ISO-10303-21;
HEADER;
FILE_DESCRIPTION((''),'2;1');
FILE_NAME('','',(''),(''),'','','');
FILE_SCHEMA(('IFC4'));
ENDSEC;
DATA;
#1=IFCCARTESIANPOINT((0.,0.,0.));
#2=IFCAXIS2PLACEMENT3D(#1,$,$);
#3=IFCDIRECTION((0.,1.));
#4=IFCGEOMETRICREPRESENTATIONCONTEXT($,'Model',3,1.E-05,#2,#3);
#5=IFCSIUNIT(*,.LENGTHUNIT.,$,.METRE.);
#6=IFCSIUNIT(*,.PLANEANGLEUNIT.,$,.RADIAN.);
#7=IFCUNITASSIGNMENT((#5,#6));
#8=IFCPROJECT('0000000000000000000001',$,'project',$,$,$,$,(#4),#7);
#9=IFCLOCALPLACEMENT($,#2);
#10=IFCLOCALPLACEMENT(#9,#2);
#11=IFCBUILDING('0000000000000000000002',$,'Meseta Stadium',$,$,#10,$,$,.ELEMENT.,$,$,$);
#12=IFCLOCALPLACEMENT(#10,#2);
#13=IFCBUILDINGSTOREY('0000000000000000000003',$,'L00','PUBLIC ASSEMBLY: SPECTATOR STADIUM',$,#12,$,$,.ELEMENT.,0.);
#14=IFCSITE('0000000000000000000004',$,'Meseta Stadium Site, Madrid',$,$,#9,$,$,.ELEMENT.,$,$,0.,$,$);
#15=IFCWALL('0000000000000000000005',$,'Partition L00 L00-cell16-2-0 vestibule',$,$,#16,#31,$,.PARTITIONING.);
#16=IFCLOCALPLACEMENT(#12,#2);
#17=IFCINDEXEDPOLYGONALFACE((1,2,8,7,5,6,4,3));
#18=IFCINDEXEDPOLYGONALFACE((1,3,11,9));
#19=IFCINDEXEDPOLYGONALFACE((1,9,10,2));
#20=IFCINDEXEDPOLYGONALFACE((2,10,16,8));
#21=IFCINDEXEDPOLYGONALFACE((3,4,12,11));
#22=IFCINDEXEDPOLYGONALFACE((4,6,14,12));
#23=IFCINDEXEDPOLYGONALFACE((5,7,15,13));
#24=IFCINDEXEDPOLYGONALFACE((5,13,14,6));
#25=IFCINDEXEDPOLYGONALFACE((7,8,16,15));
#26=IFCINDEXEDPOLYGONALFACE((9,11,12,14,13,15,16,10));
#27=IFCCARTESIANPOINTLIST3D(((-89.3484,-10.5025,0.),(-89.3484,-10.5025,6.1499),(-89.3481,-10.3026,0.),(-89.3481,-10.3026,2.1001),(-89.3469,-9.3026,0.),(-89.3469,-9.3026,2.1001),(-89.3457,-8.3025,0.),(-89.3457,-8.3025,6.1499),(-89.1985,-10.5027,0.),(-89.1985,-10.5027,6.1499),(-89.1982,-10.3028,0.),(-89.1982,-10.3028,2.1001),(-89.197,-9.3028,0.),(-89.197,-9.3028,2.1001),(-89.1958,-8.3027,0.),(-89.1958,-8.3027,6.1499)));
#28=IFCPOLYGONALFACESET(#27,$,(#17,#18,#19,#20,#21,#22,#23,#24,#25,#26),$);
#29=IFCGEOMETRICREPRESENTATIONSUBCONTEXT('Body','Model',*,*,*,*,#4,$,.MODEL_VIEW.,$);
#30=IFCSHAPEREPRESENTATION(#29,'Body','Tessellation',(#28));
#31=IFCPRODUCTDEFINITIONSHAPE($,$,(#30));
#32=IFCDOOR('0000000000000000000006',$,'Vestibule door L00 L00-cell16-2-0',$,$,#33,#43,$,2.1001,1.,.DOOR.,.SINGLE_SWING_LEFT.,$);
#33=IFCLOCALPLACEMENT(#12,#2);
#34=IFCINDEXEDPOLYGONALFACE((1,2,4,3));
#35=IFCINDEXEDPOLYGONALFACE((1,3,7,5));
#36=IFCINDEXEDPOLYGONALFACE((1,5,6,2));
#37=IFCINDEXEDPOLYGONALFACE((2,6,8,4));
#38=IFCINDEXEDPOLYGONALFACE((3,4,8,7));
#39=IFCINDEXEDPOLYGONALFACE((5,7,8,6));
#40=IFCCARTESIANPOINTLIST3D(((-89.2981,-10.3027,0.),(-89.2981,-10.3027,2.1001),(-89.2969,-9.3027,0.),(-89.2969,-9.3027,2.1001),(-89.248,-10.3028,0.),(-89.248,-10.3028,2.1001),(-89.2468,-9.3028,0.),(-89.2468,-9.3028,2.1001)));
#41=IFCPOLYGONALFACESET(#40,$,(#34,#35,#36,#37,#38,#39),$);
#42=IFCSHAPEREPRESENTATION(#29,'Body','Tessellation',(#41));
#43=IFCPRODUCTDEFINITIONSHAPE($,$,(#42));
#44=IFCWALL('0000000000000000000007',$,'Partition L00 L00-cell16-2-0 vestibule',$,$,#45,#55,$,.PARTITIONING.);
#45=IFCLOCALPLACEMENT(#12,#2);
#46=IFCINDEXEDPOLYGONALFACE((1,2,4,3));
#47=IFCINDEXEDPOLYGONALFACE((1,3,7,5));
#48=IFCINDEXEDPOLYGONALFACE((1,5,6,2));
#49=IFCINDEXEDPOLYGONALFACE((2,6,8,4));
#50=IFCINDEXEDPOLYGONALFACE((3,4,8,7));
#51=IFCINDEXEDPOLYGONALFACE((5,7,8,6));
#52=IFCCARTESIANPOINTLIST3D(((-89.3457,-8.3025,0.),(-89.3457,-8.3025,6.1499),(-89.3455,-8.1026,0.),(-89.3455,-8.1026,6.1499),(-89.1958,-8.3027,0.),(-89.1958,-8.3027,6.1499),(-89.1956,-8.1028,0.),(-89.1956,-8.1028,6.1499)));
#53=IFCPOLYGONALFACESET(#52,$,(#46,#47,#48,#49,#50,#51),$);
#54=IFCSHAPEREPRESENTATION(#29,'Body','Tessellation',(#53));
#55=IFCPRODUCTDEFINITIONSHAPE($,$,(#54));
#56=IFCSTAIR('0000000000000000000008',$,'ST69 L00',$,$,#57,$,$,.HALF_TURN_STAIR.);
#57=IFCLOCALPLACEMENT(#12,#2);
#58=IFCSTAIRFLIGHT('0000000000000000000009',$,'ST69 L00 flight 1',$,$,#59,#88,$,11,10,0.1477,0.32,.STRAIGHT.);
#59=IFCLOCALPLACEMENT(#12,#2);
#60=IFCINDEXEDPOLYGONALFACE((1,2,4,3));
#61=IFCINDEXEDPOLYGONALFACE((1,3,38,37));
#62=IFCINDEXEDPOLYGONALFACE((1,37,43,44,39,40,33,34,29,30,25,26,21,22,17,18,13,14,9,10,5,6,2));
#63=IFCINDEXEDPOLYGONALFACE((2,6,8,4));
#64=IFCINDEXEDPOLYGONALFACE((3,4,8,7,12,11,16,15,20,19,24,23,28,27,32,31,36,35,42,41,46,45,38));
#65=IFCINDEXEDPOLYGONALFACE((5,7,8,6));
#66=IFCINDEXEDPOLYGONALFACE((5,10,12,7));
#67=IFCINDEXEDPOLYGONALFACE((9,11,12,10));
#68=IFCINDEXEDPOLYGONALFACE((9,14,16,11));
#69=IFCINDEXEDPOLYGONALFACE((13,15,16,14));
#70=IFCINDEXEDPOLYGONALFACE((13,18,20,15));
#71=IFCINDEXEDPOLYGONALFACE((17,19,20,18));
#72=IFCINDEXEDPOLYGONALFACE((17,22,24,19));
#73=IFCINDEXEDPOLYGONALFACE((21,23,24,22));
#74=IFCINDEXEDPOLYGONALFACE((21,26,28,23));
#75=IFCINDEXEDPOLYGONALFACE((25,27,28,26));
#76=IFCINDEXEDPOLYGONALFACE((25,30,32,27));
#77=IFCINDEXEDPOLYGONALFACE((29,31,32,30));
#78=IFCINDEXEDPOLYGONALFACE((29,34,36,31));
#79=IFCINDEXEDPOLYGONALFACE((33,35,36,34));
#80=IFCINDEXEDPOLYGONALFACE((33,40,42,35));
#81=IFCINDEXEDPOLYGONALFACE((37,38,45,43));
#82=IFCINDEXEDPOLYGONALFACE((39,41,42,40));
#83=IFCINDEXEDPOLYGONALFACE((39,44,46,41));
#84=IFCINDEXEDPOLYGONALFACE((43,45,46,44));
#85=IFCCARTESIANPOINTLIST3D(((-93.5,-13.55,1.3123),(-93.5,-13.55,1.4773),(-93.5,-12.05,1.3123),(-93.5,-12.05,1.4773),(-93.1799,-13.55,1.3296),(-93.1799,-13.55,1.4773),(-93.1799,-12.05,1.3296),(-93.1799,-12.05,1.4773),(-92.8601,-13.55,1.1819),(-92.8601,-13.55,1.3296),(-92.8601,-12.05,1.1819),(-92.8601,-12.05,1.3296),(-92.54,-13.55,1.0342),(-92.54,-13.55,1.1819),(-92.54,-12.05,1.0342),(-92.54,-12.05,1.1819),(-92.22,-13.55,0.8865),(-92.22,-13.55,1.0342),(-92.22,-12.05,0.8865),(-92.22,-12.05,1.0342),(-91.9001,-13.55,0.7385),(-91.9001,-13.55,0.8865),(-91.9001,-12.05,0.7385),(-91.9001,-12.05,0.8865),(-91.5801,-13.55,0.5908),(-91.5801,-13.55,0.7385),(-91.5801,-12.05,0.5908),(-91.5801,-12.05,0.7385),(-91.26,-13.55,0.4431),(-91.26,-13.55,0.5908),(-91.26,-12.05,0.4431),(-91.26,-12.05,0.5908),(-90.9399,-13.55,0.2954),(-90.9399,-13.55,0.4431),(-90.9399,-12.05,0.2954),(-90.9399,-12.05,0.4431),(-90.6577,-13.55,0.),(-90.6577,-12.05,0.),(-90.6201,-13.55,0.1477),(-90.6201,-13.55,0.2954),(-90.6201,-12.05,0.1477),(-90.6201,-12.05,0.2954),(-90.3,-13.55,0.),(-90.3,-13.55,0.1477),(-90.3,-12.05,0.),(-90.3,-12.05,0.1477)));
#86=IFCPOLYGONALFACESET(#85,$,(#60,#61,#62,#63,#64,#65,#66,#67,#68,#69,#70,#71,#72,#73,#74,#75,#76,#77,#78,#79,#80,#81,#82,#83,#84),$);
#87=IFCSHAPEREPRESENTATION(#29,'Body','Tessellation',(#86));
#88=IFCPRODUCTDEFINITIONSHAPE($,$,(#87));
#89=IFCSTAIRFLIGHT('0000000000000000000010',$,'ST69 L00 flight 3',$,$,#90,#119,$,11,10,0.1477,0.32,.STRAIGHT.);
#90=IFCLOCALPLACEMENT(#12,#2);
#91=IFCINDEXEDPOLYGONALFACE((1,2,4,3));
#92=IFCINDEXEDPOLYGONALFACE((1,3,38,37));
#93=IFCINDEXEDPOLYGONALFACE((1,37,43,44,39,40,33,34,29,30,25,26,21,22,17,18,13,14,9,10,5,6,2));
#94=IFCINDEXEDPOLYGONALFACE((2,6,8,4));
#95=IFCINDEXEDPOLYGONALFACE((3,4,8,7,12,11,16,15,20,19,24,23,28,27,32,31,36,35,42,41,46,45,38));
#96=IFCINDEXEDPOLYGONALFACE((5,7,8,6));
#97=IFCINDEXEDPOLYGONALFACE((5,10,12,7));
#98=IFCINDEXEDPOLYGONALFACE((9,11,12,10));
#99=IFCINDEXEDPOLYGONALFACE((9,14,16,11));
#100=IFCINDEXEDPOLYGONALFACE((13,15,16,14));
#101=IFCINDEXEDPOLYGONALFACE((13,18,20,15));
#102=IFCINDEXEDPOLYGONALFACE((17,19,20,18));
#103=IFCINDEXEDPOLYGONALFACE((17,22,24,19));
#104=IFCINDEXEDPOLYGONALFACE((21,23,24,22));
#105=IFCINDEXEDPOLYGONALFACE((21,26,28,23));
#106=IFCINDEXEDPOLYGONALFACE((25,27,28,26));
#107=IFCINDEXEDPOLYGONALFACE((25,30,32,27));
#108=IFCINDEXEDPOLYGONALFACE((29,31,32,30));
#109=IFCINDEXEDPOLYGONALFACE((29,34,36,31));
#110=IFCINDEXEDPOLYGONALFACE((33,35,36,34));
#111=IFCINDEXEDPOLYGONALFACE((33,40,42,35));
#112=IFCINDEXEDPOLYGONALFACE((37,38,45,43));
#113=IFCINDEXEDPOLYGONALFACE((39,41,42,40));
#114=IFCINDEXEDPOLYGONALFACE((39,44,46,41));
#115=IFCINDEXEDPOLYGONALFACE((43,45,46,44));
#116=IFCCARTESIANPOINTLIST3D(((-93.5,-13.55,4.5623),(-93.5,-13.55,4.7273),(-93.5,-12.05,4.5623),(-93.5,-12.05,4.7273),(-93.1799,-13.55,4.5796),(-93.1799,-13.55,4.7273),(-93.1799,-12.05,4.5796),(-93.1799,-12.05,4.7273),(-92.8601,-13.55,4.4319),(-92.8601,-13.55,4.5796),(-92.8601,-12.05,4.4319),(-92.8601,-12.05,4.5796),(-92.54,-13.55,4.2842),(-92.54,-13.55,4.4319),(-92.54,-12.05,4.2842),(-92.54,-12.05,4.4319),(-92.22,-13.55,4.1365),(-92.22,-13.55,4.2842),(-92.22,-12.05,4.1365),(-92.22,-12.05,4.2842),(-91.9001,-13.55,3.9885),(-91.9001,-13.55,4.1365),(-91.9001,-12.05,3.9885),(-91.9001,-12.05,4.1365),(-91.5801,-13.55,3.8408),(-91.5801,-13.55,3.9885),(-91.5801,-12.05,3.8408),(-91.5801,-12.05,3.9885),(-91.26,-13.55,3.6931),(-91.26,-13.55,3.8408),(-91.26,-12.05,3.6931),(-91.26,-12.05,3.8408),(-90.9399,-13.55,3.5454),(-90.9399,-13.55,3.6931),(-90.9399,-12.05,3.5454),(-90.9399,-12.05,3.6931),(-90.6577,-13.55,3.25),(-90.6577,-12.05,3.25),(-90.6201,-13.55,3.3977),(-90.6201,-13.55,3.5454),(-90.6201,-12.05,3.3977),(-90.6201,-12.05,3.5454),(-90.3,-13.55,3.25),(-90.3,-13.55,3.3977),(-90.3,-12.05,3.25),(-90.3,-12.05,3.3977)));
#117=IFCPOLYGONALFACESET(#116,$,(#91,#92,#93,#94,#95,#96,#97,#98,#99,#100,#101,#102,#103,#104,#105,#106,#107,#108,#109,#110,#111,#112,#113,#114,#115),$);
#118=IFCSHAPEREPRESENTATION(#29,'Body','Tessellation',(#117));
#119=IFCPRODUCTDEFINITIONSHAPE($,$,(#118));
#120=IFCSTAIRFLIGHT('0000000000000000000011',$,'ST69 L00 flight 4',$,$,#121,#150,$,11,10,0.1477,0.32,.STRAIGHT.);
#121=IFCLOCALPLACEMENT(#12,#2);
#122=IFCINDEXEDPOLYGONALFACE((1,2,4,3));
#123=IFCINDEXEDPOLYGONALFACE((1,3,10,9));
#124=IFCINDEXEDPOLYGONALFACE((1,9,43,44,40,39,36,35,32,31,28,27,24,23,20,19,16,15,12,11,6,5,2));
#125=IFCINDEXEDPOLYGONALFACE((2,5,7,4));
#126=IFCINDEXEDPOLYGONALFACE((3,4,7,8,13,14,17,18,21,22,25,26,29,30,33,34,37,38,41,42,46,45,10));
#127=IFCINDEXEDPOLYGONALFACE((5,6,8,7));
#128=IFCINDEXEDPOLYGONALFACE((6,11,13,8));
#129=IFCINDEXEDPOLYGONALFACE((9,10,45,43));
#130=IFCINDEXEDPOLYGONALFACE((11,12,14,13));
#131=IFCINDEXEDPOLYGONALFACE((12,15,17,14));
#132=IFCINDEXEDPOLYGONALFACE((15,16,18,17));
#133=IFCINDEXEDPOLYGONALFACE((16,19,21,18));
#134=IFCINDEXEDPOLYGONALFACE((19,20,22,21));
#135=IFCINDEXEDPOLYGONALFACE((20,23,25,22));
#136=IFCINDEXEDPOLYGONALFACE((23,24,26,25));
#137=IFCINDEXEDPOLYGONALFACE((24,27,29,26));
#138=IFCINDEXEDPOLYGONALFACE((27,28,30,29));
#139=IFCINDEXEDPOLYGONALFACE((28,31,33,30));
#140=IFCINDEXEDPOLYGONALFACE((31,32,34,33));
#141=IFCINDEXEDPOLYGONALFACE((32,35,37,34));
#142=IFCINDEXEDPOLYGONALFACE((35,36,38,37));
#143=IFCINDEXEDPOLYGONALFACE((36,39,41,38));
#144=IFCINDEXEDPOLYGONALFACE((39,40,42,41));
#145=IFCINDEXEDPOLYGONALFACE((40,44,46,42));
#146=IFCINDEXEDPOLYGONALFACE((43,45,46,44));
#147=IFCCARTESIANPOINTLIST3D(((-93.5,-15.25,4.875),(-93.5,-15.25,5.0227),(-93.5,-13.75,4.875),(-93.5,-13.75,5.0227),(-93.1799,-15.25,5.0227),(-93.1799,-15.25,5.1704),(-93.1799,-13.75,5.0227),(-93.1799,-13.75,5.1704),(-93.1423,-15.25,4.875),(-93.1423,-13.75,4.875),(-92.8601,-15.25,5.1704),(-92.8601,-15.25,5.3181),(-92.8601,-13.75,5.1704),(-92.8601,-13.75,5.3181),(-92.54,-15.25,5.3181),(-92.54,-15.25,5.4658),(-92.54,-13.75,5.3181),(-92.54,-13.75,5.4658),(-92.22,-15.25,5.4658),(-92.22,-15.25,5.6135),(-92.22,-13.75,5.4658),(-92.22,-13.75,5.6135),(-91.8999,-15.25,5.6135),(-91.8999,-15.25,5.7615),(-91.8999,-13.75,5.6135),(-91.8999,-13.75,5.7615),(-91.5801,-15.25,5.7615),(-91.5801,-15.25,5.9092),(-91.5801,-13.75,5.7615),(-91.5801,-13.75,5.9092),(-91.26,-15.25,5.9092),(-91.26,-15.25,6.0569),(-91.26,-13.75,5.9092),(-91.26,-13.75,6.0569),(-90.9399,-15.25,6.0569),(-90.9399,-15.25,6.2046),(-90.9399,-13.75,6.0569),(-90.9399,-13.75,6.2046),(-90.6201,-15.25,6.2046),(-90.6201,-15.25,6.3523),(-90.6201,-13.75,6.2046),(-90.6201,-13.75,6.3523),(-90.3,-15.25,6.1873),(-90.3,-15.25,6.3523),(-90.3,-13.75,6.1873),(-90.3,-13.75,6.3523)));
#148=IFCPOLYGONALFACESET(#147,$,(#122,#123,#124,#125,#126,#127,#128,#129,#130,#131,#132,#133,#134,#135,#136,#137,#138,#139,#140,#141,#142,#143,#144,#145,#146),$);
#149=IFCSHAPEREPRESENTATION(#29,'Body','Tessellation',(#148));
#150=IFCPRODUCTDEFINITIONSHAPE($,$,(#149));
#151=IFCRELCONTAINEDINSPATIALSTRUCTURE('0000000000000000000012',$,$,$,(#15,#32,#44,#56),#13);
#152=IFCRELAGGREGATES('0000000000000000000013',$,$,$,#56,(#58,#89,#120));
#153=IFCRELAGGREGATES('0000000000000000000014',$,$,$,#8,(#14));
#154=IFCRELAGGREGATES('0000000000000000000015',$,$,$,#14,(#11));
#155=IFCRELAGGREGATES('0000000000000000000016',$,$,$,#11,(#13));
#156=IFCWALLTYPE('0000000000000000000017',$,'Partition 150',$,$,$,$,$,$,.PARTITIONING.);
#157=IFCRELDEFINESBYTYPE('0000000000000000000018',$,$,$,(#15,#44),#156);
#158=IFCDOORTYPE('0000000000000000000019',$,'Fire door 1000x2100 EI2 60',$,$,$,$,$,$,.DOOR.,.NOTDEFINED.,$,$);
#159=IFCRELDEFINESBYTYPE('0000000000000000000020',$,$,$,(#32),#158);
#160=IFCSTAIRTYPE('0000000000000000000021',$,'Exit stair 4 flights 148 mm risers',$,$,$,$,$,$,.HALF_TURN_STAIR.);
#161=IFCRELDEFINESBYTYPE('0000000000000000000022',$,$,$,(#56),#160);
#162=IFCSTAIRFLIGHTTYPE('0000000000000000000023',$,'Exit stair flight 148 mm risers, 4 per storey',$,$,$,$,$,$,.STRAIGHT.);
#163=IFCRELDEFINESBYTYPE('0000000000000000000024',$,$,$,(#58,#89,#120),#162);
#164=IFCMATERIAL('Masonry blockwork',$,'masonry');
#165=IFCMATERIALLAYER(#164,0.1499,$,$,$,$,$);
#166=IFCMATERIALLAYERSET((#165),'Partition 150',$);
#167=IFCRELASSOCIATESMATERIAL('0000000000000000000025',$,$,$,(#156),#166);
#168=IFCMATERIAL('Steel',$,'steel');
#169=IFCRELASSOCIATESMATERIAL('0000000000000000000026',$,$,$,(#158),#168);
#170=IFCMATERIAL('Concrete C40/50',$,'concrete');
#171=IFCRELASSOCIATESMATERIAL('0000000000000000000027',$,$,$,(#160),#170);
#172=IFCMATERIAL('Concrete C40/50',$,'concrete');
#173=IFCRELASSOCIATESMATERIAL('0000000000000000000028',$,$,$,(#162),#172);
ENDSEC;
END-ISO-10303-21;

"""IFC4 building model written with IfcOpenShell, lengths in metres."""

from ifc_helpers import new_model, si_unit, direction, frame, frame_2d, origin, place, context, subcontext, project, spatial, polyline, rectangle, outline, extrude, material, layer, layer_set, type_object, element, fill, aggregate, save


model = new_model("IFC4")

# Units and contexts
model_context = context("Model", 3, precision=1e-05, world=origin(), true_north=direction((0.0, 1.0)))
body_context = subcontext(model_context, "Body", "Model", "MODEL_VIEW")
ifc_project = project(units=[si_unit("LENGTHUNIT", "METRE"), si_unit("PLANEANGLEUNIT", "RADIAN")], contexts=[model_context])

# Site, building, storey
site_placement = place(None, origin())
site = spatial("IfcSite", under=ifc_project, at=site_placement, Name="Meseta Stadium Site, Madrid", CompositionType="ELEMENT", RefElevation=0.0)
building_placement = place(site_placement, origin())
building = spatial("IfcBuilding", under=site, at=building_placement, Name="Meseta Stadium", CompositionType="ELEMENT")
storey_placement = place(building_placement, origin())
storey = spatial("IfcBuildingStorey", under=building, at=storey_placement, Name="L00", Description="PUBLIC ASSEMBLY: SPECTATOR STADIUM", CompositionType="ELEMENT", Elevation=0.0)

# Shared definitions
ifc_material_1 = material(Name="Masonry blockwork", Category="masonry")
ifc_layer_1 = layer(ifc_material_1, 0.1499)
ifc_layer_set_1 = layer_set([ifc_layer_1], Name="Partition 150")
wall_type_1 = type_object("IfcWallType", Name="Partition 150", PredefinedType="PARTITIONING", material=ifc_layer_set_1)

# Wall, opening, door
wall_1_placement = place(storey_placement, frame((-89.2734, -10.5027, 0.0), z_axis=(0.0, 0.0, 1.0), x_axis=(0.001221, 0.999999, 0.0)))
wall_1 = element("IfcWall", 1, at=wall_1_placement, inside=storey, type_object=wall_type_1, Name="Partition L00 L00-cell16-2-0 vestibule", PredefinedType="PARTITIONING", context=body_context, shape_type="SweptSolid", body=[
    extrude(rectangle(XDim=2.2, YDim=0.1499, at=frame_2d((1.1001, 0.0))), origin(), (0.0, 0.0, 1.0), 6.1499),
])
opening_1_placement = place(wall_1_placement, frame((0.2, 0.0, 0.0)))
opening_1 = element("IfcOpeningElement", 2, at=opening_1_placement, cuts=wall_1, PredefinedType="OPENING", context=body_context, shape_type="SweptSolid", body=[
    extrude(rectangle(XDim=1.0, YDim=2.1001, at=frame_2d((0.5, 1.05))), frame((0.0, 0.085, 0.0), z_axis=(0.0, -1.0, 0.0), x_axis=(1.0, 0.0, 0.0)), (0.0, 0.0, 1.0), 0.1699),
])
ifc_material_2 = material(Name="Steel", Category="steel")
door_type_1 = type_object("IfcDoorType", Name="Fire door 1000x2100 EI2 60", OperationType="NOTDEFINED", PredefinedType="DOOR", material=ifc_material_2)
door_1_placement = place(opening_1_placement, origin())
door_1 = element("IfcDoor", 3, at=door_1_placement, inside=storey, type_object=door_type_1, Name="Vestibule door L00 L00-cell16-2-0", OperationType="SINGLE_SWING_LEFT", OverallHeight=2.1001, OverallWidth=1.0, PredefinedType="DOOR", context=body_context, shape_type="SweptSolid", body=[
    extrude(rectangle(XDim=1.0, YDim=2.1001, at=frame_2d((0.5, 1.05))), frame((0.0, 0.0249, 0.0), z_axis=(0.0, -1.0, 0.0), x_axis=(1.0, 0.0, 0.0)), (0.0, 0.0, 1.0), 0.05),
])
fill(opening_1, door_1)

# Wall
wall_2_placement = place(storey_placement, frame((-89.2708, -8.3027, 0.0), z_axis=(0.0, 0.0, 1.0), x_axis=(0.001221, 0.999999, 0.0)))
element("IfcWall", 4, at=wall_2_placement, inside=storey, type_object=wall_type_1, Name="Partition L00 L00-cell16-2-0 vestibule", PredefinedType="PARTITIONING", context=body_context, shape_type="SweptSolid", body=[
    extrude(rectangle(XDim=0.2, YDim=0.1499, at=frame_2d((0.1001, 0.0))), origin(), (0.0, 0.0, 1.0), 6.1499),
])

# Stair, stair flights
ifc_material_3 = material(Name="Concrete C40/50", Category="concrete")
stair_type = type_object("IfcStairType", Name="Exit stair 4 flights 148 mm risers", PredefinedType="HALF_TURN_STAIR", material=ifc_material_3)
stair_1_placement = place(storey_placement, origin())
stair_1 = element("IfcStair", 5, at=stair_1_placement, inside=storey, type_object=stair_type, Name="ST69 L00", PredefinedType="HALF_TURN_STAIR")
ifc_material_4 = material(Name="Concrete C40/50", Category="concrete")
stair_flight_type = type_object("IfcStairFlightType", Name="Exit stair flight 148 mm risers, 4 per storey", PredefinedType="STRAIGHT", material=ifc_material_4)
stair_flight_1_placement = place(storey_placement, frame((-90.3, -12.8, 0.0), z_axis=(0.0, 0.0, 1.0), x_axis=(-1.0, 0.0, 0.0)))
stair_flight_1 = element("IfcStairFlight", 6, at=stair_flight_1_placement, type_object=stair_flight_type, Name="ST69 L00 flight 1", NumberOfRisers=11, NumberOfTreads=10, PredefinedType="STRAIGHT", RiserHeight=0.1477, TreadLength=0.32, context=body_context, shape_type="SweptSolid", body=[
    extrude(outline(polyline([(0.0, 0.0), (0.0, 0.1477), (0.3201, 0.1477), (0.3201, 0.2954), (0.6399, 0.2954), (0.6399, 0.4431), (0.96, 0.4431), (0.96, 0.5908), (1.28, 0.5908), (1.28, 0.7385), (1.6001, 0.7385), (1.6001, 0.8865), (1.9199, 0.8865), (1.9199, 1.0342), (2.24, 1.0342), (2.24, 1.1819), (2.5601, 1.1819), (2.5601, 1.3296), (2.8799, 1.3296), (2.8799, 1.4773), (3.2, 1.4773), (3.2, 1.3123), (0.3577, 0.0), (0.0, 0.0)])), frame((0.0, 0.75, 0.0), z_axis=(0.0, -1.0, 0.0), x_axis=(1.0, 0.0, 0.0)), (0.0, 0.0, 1.0), 1.5),
])
stair_flight_2_placement = place(storey_placement, frame((-90.3, -12.8, 3.25), z_axis=(0.0, 0.0, 1.0), x_axis=(-1.0, 0.0, 0.0)))
stair_flight_2 = element("IfcStairFlight", 7, at=stair_flight_2_placement, type_object=stair_flight_type, Name="ST69 L00 flight 3", NumberOfRisers=11, NumberOfTreads=10, PredefinedType="STRAIGHT", RiserHeight=0.1477, TreadLength=0.32, context=body_context, shape_type="SweptSolid", body=[
    extrude(outline(polyline([(0.0, 0.0), (0.0, 0.1477), (0.3201, 0.1477), (0.3201, 0.2954), (0.6399, 0.2954), (0.6399, 0.4431), (0.96, 0.4431), (0.96, 0.5908), (1.28, 0.5908), (1.28, 0.7385), (1.6001, 0.7385), (1.6001, 0.8865), (1.9199, 0.8865), (1.9199, 1.0342), (2.24, 1.0342), (2.24, 1.1819), (2.5601, 1.1819), (2.5601, 1.3296), (2.8799, 1.3296), (2.8799, 1.4773), (3.2, 1.4773), (3.2, 1.3123), (0.3577, 0.0), (0.0, 0.0)])), frame((0.0, 0.75, 0.0), z_axis=(0.0, -1.0, 0.0), x_axis=(1.0, 0.0, 0.0)), (0.0, 0.0, 1.0), 1.5),
])
stair_flight_3_placement = place(storey_placement, frame((-93.5, -14.5, 4.875), z_axis=(0.0, 0.0, 1.0), x_axis=(1.0, 0.0, 0.0)))
stair_flight_3 = element("IfcStairFlight", 8, at=stair_flight_3_placement, type_object=stair_flight_type, Name="ST69 L00 flight 4", NumberOfRisers=11, NumberOfTreads=10, PredefinedType="STRAIGHT", RiserHeight=0.1477, TreadLength=0.32, context=body_context, shape_type="SweptSolid", body=[
    extrude(outline(polyline([(0.0, 0.0), (0.0, 0.1477), (0.3201, 0.1477), (0.3201, 0.2954), (0.6399, 0.2954), (0.6399, 0.4431), (0.96, 0.4431), (0.96, 0.5908), (1.28, 0.5908), (1.28, 0.7385), (1.6001, 0.7385), (1.6001, 0.8865), (1.9199, 0.8865), (1.9199, 1.0342), (2.24, 1.0342), (2.24, 1.1819), (2.5601, 1.1819), (2.5601, 1.3296), (2.8799, 1.3296), (2.8799, 1.4773), (3.2, 1.4773), (3.2, 1.3123), (0.3577, 0.0), (0.0, 0.0)])), frame((0.0, 0.75, 0.0), z_axis=(0.0, -1.0, 0.0), x_axis=(1.0, 0.0, 0.0)), (0.0, 0.0, 1.0), 1.5),
])
aggregate(stair_1, [stair_flight_1, stair_flight_2, stair_flight_3])

save(model, "model.ifc")
